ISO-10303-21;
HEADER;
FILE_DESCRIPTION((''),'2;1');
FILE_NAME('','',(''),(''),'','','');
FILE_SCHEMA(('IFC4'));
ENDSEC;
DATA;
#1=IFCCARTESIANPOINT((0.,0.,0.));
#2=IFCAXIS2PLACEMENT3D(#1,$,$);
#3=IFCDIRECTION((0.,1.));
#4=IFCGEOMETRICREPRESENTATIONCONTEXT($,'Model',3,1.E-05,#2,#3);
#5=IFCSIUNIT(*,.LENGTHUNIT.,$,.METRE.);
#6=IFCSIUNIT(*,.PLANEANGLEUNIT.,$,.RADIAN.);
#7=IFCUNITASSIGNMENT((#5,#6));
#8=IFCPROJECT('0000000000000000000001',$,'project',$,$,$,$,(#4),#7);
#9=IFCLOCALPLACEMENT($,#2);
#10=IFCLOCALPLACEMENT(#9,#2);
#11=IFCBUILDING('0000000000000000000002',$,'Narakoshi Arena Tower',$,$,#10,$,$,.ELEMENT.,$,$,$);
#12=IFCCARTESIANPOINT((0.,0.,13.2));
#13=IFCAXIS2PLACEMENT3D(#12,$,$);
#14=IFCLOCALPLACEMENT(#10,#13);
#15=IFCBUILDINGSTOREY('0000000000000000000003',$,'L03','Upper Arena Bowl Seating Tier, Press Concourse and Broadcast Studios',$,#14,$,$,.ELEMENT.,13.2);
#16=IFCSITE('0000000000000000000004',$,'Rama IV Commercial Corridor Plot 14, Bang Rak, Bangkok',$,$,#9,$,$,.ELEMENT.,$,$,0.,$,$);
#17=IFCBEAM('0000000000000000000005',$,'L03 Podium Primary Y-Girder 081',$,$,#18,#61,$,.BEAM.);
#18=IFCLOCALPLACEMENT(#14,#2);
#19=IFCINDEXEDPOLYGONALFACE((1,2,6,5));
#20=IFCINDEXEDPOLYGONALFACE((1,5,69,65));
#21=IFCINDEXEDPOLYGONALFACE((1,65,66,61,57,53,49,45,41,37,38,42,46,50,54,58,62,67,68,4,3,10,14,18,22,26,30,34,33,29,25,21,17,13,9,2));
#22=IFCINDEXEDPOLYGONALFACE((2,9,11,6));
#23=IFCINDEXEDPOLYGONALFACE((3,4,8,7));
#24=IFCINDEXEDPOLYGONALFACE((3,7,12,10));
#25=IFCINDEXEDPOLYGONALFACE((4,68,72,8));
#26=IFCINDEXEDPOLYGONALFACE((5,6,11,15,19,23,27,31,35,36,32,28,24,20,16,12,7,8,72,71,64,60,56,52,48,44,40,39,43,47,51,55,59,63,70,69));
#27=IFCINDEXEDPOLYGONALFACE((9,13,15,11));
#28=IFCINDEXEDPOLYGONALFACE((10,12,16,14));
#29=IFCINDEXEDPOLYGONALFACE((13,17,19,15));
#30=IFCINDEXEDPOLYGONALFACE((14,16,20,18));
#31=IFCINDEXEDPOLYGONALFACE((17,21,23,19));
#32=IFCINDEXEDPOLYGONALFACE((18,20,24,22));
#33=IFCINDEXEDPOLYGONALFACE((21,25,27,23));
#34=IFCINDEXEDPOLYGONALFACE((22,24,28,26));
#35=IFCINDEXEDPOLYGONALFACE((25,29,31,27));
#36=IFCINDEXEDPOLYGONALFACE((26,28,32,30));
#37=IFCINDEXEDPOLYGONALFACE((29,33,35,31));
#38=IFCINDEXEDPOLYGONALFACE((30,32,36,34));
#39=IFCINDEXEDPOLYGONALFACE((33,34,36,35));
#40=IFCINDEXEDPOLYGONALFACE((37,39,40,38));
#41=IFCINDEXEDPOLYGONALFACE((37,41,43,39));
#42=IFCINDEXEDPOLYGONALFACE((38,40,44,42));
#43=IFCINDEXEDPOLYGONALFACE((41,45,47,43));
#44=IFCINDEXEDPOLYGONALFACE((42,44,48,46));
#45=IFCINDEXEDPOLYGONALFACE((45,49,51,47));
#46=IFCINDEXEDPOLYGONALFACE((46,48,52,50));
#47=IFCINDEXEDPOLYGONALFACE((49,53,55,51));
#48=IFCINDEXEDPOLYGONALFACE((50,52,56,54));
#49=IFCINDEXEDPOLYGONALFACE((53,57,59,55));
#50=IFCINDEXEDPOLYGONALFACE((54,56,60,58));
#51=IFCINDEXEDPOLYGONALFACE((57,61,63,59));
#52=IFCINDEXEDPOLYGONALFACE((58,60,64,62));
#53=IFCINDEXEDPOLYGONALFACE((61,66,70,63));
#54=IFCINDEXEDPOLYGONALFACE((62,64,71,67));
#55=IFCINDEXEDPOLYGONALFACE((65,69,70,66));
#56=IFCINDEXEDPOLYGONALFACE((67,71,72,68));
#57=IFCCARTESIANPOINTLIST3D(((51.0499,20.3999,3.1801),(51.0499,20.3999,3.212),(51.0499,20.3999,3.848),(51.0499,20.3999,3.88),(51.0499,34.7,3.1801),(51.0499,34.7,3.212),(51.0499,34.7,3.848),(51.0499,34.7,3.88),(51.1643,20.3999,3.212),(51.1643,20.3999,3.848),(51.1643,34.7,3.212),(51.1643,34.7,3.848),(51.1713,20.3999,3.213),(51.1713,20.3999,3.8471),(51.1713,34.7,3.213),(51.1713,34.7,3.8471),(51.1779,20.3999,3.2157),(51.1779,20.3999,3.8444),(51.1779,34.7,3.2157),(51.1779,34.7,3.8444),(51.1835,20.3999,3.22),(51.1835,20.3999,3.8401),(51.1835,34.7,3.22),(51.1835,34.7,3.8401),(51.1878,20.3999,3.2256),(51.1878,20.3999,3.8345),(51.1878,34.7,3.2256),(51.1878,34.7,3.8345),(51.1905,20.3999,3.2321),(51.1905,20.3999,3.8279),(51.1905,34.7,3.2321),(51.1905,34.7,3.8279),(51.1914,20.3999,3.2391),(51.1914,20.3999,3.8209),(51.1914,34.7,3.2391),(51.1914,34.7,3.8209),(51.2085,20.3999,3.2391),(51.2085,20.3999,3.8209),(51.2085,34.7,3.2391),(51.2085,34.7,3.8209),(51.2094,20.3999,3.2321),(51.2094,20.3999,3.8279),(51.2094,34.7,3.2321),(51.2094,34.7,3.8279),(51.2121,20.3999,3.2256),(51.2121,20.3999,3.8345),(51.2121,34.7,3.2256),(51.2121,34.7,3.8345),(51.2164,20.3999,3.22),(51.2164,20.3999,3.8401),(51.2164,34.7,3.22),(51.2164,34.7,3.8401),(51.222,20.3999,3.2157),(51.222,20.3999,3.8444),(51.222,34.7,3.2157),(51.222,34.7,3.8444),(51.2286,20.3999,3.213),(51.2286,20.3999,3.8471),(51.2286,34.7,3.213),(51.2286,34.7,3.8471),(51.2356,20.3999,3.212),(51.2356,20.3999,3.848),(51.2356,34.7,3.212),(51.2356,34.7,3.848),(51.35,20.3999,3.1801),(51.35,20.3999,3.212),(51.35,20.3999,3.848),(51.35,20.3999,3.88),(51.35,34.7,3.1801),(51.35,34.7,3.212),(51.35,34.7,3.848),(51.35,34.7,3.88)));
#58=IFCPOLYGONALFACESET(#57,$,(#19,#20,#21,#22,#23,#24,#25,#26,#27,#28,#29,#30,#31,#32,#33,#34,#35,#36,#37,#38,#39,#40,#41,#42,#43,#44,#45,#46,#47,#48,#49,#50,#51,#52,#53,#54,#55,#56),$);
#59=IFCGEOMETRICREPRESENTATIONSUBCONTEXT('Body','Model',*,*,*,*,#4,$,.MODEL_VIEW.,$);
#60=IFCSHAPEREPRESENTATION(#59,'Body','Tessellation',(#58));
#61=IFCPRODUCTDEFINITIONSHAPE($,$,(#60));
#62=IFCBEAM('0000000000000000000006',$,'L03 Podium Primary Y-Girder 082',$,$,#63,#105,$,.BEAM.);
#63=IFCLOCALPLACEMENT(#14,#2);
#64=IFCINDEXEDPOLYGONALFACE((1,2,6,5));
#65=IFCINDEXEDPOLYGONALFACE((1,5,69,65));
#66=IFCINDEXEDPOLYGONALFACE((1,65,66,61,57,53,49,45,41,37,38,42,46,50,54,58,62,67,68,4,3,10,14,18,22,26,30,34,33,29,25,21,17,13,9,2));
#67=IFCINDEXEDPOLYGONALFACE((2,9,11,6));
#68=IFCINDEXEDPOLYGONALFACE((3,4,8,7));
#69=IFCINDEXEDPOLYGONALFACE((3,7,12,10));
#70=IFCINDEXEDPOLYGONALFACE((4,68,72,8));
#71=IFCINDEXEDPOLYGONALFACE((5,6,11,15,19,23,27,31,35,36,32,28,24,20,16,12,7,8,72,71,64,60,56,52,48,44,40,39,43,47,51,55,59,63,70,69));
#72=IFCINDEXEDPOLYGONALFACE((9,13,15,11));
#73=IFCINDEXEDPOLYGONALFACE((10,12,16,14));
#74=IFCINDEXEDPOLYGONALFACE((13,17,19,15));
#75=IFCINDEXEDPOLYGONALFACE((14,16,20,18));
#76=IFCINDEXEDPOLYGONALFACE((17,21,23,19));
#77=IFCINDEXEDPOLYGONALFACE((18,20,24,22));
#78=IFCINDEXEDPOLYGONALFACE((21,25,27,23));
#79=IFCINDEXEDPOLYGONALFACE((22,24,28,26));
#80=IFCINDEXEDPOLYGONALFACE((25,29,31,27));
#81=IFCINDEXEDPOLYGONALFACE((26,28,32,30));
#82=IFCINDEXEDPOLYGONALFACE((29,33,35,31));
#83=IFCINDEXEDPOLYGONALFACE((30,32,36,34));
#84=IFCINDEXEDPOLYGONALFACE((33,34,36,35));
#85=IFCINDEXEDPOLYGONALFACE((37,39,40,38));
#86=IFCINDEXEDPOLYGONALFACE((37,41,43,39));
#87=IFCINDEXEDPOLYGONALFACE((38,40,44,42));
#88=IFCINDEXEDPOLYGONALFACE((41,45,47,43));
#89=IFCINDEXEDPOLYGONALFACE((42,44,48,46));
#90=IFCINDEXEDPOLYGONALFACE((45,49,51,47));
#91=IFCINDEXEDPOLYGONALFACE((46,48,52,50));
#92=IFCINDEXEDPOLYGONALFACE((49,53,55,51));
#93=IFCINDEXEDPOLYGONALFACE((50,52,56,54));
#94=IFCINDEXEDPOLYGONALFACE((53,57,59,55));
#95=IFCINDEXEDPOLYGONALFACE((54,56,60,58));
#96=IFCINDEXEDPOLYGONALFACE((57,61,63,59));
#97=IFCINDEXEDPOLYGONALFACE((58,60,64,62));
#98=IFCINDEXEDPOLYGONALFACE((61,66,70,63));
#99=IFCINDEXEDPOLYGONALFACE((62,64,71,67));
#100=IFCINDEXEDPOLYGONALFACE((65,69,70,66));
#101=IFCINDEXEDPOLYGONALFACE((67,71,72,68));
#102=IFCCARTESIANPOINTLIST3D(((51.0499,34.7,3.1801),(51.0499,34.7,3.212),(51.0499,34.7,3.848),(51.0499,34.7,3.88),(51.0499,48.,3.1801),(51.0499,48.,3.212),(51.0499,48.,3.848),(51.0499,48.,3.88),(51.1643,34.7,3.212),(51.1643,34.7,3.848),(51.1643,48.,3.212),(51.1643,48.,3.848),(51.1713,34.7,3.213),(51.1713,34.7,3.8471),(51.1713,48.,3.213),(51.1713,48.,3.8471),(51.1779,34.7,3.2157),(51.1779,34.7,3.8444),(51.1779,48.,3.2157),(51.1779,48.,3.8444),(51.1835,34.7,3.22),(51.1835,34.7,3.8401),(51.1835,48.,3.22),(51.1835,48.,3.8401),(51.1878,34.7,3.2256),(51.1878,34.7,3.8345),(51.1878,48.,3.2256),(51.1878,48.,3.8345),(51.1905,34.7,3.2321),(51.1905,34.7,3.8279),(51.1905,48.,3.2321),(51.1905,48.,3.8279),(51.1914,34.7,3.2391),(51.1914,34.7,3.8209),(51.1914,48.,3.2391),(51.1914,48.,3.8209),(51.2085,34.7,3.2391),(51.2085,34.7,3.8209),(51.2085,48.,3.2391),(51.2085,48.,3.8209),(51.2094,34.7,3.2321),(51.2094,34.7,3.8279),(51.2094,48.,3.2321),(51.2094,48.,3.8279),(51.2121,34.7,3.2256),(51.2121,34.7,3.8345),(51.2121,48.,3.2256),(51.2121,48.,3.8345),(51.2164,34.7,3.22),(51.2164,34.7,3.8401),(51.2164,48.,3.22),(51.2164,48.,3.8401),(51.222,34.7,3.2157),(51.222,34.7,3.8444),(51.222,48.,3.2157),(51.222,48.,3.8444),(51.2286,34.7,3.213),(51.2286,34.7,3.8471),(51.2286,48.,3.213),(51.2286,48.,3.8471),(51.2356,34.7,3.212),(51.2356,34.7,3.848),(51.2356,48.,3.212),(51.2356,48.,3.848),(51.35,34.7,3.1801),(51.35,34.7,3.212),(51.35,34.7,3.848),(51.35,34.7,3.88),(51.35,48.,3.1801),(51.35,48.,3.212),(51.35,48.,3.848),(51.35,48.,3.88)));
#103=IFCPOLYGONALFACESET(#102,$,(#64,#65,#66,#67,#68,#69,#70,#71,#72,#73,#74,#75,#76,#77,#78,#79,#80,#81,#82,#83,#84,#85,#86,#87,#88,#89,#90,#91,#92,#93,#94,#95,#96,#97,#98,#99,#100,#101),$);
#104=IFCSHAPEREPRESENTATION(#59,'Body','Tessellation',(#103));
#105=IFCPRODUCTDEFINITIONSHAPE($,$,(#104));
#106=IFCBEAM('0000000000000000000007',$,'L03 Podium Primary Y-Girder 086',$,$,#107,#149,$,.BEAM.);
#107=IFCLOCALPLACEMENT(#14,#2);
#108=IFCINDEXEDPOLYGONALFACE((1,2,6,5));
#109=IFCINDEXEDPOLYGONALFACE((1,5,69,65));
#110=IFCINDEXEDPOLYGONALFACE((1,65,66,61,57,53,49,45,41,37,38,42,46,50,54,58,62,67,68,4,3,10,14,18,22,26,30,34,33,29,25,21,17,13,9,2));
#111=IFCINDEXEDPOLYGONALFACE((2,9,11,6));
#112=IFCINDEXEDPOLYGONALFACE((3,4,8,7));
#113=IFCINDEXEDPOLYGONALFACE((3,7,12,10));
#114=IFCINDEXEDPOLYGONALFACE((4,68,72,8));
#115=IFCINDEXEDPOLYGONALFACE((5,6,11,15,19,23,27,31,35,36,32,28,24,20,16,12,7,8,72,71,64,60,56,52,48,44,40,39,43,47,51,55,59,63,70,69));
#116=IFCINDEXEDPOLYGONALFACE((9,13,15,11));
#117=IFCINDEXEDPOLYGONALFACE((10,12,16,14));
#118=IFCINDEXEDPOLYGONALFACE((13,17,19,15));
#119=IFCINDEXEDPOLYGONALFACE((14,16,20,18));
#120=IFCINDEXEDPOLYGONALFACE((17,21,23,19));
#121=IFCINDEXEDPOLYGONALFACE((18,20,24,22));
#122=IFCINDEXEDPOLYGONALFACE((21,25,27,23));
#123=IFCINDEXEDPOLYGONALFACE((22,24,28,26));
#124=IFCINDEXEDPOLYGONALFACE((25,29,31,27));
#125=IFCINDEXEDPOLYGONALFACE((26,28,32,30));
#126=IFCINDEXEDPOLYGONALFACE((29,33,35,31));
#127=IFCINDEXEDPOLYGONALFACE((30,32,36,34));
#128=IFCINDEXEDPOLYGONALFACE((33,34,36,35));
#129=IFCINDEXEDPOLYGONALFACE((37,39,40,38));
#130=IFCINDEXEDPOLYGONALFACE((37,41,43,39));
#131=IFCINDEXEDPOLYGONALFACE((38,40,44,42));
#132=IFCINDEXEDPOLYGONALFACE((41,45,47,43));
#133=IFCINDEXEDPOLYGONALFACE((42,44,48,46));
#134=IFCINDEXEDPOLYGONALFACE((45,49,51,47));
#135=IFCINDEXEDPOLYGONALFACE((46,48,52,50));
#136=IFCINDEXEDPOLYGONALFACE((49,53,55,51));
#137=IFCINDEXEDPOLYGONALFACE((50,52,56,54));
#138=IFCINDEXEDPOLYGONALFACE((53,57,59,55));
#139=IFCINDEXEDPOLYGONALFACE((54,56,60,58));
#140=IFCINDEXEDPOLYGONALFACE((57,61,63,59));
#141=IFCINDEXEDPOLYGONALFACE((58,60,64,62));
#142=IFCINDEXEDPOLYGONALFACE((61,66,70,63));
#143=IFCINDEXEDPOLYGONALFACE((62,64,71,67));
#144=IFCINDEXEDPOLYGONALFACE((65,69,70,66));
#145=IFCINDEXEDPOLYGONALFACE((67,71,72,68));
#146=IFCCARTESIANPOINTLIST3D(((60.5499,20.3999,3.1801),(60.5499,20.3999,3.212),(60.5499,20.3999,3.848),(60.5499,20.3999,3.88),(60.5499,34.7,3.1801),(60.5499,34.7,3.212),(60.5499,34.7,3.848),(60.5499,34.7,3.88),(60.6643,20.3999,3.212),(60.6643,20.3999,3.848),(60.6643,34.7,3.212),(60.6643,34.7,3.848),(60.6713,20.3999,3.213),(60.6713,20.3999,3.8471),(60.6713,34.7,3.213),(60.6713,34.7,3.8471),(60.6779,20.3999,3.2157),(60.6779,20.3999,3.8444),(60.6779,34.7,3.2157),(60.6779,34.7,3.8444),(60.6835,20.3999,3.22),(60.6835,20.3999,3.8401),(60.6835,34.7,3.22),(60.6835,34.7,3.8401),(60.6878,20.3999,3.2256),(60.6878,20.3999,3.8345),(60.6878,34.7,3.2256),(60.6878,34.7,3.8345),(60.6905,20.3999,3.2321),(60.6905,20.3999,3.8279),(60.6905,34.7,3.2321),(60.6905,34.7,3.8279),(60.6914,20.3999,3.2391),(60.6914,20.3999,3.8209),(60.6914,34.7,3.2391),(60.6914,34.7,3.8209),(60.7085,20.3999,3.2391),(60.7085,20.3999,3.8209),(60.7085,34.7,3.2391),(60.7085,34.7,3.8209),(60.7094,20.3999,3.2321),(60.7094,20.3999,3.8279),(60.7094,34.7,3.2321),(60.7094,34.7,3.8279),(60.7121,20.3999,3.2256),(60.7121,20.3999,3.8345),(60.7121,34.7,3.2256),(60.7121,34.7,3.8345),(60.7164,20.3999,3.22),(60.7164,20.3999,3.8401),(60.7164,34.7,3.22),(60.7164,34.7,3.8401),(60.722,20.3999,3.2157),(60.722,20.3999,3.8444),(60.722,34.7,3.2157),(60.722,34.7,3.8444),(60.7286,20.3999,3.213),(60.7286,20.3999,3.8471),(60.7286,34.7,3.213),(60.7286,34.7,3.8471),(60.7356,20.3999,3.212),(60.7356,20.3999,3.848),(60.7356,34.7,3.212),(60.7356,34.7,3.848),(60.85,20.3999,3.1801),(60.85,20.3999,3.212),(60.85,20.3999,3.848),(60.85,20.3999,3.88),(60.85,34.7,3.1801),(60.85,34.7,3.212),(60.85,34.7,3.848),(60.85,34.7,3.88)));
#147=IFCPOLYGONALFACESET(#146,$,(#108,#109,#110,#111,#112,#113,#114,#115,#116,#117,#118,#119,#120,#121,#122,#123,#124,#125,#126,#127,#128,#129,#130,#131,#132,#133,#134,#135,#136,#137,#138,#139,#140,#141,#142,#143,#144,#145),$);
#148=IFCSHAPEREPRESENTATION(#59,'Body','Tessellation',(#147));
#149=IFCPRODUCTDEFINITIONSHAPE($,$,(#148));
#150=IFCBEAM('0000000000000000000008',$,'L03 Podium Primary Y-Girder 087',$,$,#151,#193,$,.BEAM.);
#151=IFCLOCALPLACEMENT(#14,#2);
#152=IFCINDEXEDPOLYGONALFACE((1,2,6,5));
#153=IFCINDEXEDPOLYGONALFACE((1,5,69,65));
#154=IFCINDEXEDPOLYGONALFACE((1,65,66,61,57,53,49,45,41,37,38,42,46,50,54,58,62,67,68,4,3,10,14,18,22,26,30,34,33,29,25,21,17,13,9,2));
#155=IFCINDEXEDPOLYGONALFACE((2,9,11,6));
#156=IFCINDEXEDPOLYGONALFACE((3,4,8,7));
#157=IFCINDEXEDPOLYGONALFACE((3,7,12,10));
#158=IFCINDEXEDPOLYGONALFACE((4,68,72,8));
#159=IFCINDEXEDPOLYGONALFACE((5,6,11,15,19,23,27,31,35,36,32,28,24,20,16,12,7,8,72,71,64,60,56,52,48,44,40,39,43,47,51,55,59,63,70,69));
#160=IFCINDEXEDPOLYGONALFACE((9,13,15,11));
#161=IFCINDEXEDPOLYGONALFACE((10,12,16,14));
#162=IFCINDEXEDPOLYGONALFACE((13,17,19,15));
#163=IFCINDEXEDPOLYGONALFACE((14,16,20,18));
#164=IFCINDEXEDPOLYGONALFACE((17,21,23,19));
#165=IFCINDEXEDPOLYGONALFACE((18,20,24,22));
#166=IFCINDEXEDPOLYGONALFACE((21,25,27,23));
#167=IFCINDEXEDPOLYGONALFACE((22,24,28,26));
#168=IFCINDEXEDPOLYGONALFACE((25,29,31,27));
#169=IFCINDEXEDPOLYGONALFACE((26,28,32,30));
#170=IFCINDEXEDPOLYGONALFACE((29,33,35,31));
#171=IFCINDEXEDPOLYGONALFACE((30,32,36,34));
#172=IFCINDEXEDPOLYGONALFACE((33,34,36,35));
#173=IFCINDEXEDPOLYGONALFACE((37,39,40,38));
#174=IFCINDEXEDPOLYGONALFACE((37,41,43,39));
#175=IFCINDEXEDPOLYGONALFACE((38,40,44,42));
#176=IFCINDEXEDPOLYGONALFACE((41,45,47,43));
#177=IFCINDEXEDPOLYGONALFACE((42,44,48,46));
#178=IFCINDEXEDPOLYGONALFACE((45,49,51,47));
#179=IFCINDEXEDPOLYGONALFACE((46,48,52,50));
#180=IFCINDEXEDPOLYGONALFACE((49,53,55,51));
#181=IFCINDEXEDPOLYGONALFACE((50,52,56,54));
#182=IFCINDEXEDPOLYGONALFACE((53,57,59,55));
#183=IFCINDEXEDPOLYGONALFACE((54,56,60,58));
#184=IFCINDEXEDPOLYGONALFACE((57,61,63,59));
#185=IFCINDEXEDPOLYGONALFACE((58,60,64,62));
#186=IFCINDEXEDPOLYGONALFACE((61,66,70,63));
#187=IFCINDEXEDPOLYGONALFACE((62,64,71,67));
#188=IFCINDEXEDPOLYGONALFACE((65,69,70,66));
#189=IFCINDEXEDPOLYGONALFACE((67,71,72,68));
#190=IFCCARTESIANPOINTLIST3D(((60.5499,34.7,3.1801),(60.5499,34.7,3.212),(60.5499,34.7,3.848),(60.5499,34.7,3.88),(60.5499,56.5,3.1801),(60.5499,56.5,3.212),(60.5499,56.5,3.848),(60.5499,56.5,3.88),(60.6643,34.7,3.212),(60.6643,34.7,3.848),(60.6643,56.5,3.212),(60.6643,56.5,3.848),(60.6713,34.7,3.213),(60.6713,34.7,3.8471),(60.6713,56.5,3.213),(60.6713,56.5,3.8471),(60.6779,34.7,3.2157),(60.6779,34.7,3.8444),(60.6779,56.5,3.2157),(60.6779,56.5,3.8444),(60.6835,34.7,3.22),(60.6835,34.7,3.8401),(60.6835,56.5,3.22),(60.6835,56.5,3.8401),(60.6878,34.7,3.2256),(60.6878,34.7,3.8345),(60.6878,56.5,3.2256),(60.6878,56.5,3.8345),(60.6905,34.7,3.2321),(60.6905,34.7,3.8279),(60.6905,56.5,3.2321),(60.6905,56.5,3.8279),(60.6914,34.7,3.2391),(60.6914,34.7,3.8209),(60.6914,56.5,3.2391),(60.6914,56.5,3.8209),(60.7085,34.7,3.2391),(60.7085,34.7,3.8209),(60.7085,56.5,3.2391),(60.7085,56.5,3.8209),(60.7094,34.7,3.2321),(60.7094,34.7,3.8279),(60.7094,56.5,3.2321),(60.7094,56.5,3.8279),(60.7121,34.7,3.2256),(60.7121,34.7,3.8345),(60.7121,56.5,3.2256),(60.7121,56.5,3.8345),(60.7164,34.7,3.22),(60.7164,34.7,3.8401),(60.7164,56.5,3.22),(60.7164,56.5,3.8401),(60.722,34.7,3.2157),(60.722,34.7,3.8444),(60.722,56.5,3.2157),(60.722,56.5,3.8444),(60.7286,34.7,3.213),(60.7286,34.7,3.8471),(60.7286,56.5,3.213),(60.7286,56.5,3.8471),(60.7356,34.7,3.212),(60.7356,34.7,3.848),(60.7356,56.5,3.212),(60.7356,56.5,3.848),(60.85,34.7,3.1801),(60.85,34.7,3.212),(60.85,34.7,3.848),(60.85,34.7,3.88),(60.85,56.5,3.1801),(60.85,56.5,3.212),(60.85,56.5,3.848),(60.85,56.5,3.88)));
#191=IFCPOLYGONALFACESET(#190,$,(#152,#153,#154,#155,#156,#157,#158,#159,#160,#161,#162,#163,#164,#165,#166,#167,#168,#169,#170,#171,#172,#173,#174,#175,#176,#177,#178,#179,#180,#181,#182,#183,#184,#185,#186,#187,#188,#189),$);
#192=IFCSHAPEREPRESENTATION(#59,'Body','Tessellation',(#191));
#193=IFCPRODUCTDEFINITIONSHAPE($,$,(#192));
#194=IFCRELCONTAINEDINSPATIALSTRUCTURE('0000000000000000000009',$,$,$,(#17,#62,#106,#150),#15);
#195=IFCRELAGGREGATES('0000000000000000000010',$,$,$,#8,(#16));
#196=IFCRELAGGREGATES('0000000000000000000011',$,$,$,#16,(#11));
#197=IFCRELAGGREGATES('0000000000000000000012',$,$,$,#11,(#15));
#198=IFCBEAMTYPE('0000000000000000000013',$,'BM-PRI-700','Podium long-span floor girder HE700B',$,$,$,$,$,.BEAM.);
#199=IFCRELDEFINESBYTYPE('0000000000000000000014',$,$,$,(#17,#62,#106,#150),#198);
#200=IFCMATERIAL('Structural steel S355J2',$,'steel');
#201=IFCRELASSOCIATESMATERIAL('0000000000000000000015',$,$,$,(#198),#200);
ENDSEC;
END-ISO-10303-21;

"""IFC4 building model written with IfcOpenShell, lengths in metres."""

from ifc_helpers import new_model, si_unit, direction, frame, origin, origin_2d, place, context, subcontext, project, spatial, i_section, extrude, material, material_profile, profile_set, type_object, element, save


model = new_model("IFC4")

# Units and contexts
model_context = context("Model", 3, precision=1e-05, world=origin(), true_north=direction((0.0, 1.0)))
body_context = subcontext(model_context, "Body", "Model", "MODEL_VIEW")
ifc_project = project(units=[si_unit("LENGTHUNIT", "METRE"), si_unit("PLANEANGLEUNIT", "RADIAN")], contexts=[model_context])

# Site, building, storey
site_placement = place(None, origin())
site = spatial("IfcSite", under=ifc_project, at=site_placement, Name="Rama IV Commercial Corridor Plot 14, Bang Rak, Bangkok", CompositionType="ELEMENT", RefElevation=0.0)
building_placement = place(site_placement, origin())
building = spatial("IfcBuilding", under=site, at=building_placement, Name="Narakoshi Arena Tower", CompositionType="ELEMENT")
storey_placement = place(building_placement, frame((0.0, 0.0, 13.2)))
storey = spatial("IfcBuildingStorey", under=building, at=storey_placement, Name="L03", Description="Upper Arena Bowl Seating Tier, Press Concourse and Broadcast Studios", CompositionType="ELEMENT", Elevation=13.2)

# Beams
ifc_material_1 = material(Name="Structural steel S355J2", Category="steel")
ifc_material_profile_1 = material_profile(ifc_material_1, i_section(OverallWidth=0.3, OverallDepth=0.7, WebThickness=0.0171, FlangeThickness=0.032, FilletRadius=0.0271, at=origin_2d()), Name="HE700B")
ifc_profile_set_1 = profile_set([ifc_material_profile_1], Name="Structural steel S355J2")
beam_type_1 = type_object("IfcBeamType", Name="BM-PRI-700", Description="Podium long-span floor girder HE700B", PredefinedType="BEAM", material=ifc_profile_set_1)
beam_1_placement = place(storey_placement, frame((51.2, 20.3999, 3.53), z_axis=(0.0, 1.0, 0.0), x_axis=(-1.0, 0.0, 0.0)))
element("IfcBeam", 1, at=beam_1_placement, inside=storey, type_object=beam_type_1, Name="L03 Podium Primary Y-Girder 081", PredefinedType="BEAM", context=body_context, shape_type="SweptSolid", body=[
    extrude(i_section(OverallWidth=0.3, OverallDepth=0.7, WebThickness=0.0171, FlangeThickness=0.032, FilletRadius=0.0271, at=origin_2d()), origin(), (0.0, 0.0, 1.0), 14.3),
])
beam_2_placement = place(storey_placement, frame((51.2, 34.7, 3.53), z_axis=(0.0, 1.0, 0.0), x_axis=(-1.0, 0.0, 0.0)))
element("IfcBeam", 2, at=beam_2_placement, inside=storey, type_object=beam_type_1, Name="L03 Podium Primary Y-Girder 082", PredefinedType="BEAM", context=body_context, shape_type="SweptSolid", body=[
    extrude(i_section(OverallWidth=0.3, OverallDepth=0.7, WebThickness=0.0171, FlangeThickness=0.032, FilletRadius=0.0271, at=origin_2d()), origin(), (0.0, 0.0, 1.0), 13.3),
])
beam_3_placement = place(storey_placement, frame((60.7, 20.3999, 3.53), z_axis=(0.0, 1.0, 0.0), x_axis=(-1.0, 0.0, 0.0)))
element("IfcBeam", 3, at=beam_3_placement, inside=storey, type_object=beam_type_1, Name="L03 Podium Primary Y-Girder 086", PredefinedType="BEAM", context=body_context, shape_type="SweptSolid", body=[
    extrude(i_section(OverallWidth=0.3, OverallDepth=0.7, WebThickness=0.0171, FlangeThickness=0.032, FilletRadius=0.0271, at=origin_2d()), origin(), (0.0, 0.0, 1.0), 14.3),
])
beam_4_placement = place(storey_placement, frame((60.7, 34.7, 3.53), z_axis=(0.0, 1.0, 0.0), x_axis=(-1.0, 0.0, 0.0)))
element("IfcBeam", 4, at=beam_4_placement, inside=storey, type_object=beam_type_1, Name="L03 Podium Primary Y-Girder 087", PredefinedType="BEAM", context=body_context, shape_type="SweptSolid", body=[
    extrude(i_section(OverallWidth=0.3, OverallDepth=0.7, WebThickness=0.0171, FlangeThickness=0.032, FilletRadius=0.0271, at=origin_2d()), origin(), (0.0, 0.0, 1.0), 21.8),
])

save(model, "model.ifc")
